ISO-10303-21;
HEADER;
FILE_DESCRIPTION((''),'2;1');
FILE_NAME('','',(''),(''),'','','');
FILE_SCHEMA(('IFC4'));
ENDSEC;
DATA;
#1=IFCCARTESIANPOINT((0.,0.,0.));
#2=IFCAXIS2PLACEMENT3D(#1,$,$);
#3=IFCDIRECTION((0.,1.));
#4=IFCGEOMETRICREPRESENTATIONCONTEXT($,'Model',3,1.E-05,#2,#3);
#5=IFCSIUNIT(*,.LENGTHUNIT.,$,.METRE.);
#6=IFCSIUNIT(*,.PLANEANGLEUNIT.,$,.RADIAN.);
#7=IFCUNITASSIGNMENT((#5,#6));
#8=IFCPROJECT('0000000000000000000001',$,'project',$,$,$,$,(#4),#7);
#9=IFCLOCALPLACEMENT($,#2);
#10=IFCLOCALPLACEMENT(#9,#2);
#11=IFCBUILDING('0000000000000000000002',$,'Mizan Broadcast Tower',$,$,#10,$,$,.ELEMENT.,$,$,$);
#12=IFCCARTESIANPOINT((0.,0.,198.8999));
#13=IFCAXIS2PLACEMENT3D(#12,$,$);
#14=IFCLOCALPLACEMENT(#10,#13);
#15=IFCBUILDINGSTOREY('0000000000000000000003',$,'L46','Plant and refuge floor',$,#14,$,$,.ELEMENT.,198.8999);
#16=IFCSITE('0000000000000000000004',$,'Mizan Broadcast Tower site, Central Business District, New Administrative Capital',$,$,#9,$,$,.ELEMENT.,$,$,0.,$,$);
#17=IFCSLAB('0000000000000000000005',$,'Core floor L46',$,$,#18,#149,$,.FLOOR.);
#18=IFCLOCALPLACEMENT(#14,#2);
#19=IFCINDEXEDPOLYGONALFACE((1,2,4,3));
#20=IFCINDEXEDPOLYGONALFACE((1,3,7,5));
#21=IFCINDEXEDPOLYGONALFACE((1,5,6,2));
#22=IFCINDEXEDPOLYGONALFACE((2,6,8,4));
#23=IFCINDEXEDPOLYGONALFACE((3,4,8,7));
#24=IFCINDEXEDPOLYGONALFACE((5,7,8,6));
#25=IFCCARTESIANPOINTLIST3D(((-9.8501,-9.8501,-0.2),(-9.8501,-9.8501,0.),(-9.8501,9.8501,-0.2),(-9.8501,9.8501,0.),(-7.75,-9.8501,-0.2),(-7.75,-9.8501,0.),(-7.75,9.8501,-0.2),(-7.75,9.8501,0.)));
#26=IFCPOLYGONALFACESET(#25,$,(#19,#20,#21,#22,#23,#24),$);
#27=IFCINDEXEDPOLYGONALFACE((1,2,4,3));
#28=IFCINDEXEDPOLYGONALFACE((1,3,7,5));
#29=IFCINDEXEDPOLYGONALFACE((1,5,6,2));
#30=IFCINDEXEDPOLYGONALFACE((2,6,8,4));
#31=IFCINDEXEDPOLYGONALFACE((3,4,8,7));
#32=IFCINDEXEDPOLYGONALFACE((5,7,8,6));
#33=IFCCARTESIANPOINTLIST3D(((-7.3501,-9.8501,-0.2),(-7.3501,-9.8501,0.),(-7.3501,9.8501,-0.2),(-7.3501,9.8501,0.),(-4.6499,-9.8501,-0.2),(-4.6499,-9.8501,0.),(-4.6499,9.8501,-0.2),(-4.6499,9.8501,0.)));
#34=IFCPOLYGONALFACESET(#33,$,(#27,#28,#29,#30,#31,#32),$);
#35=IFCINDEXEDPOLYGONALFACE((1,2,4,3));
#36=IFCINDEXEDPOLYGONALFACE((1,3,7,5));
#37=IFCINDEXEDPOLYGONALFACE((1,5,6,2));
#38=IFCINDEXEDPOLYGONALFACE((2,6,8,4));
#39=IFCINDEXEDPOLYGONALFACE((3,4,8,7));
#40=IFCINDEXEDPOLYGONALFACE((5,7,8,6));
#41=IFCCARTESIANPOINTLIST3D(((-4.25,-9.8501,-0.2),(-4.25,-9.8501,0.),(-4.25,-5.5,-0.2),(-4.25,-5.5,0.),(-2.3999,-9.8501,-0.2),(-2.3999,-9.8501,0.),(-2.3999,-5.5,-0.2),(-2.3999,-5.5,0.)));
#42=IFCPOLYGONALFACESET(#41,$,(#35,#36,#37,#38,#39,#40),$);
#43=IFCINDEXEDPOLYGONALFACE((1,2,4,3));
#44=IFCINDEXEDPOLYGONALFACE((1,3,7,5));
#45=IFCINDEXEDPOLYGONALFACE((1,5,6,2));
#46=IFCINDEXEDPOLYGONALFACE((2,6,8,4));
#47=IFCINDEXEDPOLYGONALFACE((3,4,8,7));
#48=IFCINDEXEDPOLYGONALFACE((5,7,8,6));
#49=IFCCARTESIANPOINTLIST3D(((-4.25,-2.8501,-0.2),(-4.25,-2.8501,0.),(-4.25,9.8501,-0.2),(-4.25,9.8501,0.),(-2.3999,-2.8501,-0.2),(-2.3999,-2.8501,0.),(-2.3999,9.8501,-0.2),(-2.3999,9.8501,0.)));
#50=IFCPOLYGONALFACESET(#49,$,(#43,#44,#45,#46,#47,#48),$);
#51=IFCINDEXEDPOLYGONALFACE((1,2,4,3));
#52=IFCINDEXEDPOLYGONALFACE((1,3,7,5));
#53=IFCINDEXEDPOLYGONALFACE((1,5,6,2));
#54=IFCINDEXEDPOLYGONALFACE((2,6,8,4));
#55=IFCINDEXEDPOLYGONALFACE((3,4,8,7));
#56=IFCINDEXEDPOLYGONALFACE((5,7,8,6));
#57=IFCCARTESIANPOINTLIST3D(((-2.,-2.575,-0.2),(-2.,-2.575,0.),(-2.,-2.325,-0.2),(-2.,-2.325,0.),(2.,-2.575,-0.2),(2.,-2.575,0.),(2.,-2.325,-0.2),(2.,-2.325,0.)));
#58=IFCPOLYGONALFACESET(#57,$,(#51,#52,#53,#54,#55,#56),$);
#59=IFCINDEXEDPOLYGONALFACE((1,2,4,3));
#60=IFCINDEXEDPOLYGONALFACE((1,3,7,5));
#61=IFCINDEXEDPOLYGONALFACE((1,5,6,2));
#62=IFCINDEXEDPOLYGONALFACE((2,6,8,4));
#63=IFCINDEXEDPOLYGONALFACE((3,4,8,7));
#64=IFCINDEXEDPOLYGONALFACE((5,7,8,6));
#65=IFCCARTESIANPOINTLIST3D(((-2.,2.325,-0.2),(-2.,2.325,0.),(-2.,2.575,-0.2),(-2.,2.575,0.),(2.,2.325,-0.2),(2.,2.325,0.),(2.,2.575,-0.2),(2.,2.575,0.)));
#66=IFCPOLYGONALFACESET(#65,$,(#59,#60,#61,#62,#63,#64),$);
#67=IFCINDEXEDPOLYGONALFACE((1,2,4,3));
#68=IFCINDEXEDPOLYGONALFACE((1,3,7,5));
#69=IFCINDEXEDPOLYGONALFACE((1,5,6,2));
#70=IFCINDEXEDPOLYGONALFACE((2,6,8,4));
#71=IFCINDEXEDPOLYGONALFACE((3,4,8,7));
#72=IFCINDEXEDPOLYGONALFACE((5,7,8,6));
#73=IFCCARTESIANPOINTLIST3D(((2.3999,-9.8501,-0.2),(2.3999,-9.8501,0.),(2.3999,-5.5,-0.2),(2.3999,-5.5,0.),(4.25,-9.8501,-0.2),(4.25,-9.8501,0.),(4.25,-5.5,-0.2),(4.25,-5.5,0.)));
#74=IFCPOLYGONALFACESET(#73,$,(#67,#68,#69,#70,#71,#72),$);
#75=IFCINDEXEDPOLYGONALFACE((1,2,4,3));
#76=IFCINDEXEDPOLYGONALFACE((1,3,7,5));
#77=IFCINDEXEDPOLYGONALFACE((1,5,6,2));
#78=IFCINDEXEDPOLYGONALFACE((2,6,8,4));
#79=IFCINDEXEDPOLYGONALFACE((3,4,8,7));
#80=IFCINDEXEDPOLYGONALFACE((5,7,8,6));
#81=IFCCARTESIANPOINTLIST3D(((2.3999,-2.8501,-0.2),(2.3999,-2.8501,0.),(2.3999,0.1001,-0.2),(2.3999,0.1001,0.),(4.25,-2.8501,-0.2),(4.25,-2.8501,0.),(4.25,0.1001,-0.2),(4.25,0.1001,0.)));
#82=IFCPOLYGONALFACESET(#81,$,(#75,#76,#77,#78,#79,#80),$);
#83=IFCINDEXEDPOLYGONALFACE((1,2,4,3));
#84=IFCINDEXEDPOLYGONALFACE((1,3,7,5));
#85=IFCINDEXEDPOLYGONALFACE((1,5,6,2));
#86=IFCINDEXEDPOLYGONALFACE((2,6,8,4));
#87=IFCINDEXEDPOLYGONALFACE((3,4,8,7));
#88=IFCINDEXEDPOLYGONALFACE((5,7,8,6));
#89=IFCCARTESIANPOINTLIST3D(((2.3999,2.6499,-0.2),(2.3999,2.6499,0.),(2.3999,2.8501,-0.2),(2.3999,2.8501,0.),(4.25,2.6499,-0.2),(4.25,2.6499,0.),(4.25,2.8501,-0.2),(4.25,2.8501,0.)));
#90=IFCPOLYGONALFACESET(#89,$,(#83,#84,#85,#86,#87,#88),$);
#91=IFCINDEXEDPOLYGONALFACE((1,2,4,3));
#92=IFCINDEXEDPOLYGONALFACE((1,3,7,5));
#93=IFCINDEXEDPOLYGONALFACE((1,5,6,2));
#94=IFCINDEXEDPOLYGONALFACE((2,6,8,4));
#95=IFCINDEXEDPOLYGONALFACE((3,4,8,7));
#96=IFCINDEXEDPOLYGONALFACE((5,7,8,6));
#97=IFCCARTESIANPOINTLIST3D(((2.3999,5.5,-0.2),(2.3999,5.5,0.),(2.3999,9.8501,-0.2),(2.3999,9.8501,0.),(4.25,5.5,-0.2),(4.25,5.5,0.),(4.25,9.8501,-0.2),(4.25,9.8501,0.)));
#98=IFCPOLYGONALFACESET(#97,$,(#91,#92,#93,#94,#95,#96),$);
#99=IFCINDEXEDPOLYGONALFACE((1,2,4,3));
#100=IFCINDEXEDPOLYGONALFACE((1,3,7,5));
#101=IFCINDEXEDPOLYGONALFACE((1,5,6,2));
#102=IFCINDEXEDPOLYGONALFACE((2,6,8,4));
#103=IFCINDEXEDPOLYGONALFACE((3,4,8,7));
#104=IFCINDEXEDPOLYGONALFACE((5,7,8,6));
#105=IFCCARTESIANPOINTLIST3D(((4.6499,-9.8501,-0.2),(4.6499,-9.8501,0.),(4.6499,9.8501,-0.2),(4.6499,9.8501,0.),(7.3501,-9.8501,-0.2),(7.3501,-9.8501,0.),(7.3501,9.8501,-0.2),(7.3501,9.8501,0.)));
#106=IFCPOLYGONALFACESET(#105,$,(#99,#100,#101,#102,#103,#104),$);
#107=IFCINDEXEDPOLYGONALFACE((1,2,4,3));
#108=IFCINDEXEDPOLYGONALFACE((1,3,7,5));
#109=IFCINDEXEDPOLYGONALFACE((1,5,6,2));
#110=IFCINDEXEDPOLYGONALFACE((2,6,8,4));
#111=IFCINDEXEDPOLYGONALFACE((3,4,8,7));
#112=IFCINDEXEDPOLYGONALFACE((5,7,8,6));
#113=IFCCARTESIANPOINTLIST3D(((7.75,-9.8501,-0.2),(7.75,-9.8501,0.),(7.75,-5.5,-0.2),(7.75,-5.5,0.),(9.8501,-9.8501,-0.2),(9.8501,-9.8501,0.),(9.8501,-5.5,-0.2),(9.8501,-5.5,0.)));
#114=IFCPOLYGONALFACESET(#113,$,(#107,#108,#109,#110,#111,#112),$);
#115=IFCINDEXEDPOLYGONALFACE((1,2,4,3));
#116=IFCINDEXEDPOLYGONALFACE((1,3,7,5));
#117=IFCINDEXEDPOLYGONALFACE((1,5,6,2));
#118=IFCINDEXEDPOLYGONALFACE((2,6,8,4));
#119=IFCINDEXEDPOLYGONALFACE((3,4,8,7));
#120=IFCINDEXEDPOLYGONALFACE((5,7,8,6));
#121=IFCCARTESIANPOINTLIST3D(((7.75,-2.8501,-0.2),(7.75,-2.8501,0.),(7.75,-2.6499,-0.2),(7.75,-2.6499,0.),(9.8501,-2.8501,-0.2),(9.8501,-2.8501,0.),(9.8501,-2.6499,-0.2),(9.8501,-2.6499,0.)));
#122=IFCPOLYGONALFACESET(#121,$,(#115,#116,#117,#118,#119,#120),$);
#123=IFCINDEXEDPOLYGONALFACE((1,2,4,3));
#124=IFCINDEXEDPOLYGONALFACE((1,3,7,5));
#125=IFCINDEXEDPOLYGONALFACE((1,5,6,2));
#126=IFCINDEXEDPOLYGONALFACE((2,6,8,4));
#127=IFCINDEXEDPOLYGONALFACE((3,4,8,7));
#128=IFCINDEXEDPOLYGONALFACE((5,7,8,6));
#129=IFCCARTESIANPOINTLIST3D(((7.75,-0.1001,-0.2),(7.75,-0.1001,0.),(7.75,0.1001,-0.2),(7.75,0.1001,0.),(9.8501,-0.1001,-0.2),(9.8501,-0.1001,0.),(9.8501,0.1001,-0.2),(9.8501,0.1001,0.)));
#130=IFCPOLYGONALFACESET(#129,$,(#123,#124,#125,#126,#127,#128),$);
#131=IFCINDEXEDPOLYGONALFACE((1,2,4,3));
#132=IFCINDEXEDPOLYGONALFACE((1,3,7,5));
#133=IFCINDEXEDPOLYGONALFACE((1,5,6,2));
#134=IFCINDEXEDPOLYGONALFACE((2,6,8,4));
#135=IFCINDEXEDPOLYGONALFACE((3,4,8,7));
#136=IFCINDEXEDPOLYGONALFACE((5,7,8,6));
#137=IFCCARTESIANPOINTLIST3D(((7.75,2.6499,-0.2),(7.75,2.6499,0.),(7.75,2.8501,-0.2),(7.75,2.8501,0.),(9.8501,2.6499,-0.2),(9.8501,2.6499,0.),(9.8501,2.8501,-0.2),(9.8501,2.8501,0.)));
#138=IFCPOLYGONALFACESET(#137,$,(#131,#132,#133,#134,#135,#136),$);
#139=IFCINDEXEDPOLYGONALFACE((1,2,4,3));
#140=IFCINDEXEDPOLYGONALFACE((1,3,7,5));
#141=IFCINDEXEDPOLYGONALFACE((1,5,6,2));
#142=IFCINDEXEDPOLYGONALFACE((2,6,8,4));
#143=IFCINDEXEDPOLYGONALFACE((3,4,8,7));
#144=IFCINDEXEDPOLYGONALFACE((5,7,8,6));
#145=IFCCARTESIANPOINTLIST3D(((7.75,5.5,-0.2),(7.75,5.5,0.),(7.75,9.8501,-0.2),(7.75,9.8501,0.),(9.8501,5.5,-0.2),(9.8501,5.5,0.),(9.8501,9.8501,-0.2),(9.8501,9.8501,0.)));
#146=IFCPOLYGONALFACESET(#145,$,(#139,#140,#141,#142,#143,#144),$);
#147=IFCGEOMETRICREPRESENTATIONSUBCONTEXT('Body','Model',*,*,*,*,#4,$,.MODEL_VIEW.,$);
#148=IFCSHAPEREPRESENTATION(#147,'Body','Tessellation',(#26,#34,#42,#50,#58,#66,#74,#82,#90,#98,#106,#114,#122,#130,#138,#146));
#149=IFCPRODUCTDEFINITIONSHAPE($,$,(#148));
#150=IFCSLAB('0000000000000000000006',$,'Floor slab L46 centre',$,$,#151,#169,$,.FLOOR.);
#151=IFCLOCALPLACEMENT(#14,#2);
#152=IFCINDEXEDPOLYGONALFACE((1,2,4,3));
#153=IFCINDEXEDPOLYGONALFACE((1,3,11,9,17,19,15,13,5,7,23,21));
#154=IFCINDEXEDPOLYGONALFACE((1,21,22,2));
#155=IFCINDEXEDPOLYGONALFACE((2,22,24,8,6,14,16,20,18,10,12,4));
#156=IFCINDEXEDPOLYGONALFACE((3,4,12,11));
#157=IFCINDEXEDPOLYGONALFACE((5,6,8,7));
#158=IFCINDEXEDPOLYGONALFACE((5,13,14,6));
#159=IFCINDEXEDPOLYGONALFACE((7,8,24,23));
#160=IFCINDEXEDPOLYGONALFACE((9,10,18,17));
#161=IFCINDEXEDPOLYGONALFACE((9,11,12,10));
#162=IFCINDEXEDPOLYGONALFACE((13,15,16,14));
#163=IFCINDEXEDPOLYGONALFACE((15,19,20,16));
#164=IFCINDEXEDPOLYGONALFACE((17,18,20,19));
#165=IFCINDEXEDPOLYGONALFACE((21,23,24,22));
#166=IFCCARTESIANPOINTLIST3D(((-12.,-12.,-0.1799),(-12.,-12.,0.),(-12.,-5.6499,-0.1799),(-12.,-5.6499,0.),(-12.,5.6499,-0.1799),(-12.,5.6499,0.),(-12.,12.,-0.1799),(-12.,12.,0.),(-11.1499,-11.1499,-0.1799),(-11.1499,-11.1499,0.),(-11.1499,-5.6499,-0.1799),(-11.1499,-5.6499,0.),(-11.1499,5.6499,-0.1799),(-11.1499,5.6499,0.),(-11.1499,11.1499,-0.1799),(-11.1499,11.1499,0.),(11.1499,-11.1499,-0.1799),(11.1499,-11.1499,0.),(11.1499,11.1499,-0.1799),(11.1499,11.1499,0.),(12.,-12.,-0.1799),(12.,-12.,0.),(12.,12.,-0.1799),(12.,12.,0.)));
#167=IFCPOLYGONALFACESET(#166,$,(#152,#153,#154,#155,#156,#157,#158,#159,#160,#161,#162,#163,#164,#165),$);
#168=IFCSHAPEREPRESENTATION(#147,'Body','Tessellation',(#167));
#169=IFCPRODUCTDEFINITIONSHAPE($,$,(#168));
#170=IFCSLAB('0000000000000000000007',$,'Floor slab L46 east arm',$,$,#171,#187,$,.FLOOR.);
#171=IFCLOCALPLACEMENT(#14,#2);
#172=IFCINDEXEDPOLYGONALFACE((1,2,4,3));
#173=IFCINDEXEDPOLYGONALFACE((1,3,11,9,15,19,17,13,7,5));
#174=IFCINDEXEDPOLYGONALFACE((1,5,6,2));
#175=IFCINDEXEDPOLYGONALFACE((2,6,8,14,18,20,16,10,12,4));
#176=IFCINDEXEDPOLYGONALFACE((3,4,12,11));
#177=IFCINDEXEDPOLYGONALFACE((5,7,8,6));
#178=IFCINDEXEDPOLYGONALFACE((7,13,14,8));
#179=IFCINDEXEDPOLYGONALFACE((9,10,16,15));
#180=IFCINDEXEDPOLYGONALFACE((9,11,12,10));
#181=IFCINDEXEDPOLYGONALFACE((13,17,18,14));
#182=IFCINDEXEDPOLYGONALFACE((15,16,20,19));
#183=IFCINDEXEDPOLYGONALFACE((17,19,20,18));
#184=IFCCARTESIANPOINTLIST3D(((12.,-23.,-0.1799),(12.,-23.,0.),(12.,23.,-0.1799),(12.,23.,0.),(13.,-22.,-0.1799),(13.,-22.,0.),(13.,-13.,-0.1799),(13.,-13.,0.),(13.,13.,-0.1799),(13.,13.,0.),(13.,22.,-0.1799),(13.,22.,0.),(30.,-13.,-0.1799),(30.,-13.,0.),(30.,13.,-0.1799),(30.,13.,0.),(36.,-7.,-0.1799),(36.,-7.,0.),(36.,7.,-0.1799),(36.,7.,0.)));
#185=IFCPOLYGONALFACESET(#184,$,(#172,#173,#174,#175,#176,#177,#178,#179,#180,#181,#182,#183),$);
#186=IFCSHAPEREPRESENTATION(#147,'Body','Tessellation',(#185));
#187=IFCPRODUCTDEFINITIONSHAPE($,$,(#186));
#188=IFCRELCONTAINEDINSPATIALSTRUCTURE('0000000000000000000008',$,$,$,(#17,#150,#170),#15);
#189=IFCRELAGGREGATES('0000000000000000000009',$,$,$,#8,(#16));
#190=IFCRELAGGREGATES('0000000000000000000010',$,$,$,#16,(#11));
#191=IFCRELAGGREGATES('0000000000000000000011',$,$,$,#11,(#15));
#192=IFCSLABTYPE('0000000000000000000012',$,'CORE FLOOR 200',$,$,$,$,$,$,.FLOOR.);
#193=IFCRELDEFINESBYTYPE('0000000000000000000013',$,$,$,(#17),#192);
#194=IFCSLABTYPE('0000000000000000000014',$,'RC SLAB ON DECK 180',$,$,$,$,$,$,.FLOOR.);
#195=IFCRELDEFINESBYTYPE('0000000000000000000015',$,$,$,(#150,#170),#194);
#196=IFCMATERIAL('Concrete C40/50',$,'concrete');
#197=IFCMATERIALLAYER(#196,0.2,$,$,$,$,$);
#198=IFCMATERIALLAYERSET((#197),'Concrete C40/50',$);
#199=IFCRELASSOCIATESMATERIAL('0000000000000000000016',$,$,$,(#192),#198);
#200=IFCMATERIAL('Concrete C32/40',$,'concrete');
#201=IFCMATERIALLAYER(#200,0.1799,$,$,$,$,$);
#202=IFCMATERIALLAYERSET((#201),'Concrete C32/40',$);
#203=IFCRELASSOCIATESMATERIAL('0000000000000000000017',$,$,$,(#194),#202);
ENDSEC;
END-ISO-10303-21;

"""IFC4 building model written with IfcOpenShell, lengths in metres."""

from ifc_helpers import new_model, si_unit, direction, frame, origin, place, context, subcontext, project, spatial, polyline, outline, extrude, material, layer, layer_set, type_object, element, save


model = new_model("IFC4")

# Units and contexts
model_context = context("Model", 3, precision=1e-05, world=origin(), true_north=direction((0.0, 1.0)))
body_context = subcontext(model_context, "Body", "Model", "MODEL_VIEW")
ifc_project = project(units=[si_unit("LENGTHUNIT", "METRE"), si_unit("PLANEANGLEUNIT", "RADIAN")], contexts=[model_context])

# Site, building, storey
site_placement = place(None, origin())
site = spatial("IfcSite", under=ifc_project, at=site_placement, Name="Mizan Broadcast Tower site, Central Business District, New Administrative Capital", CompositionType="ELEMENT", RefElevation=0.0)
building_placement = place(site_placement, origin())
building = spatial("IfcBuilding", under=site, at=building_placement, Name="Mizan Broadcast Tower", CompositionType="ELEMENT")
storey_placement = place(building_placement, frame((0.0, 0.0, 198.8999)))
storey = spatial("IfcBuildingStorey", under=building, at=storey_placement, Name="L46", Description="Plant and refuge floor", CompositionType="ELEMENT", Elevation=198.8999)

# Slabs
ifc_material_1 = material(Name="Concrete C40/50", Category="concrete")
ifc_layer_1 = layer(ifc_material_1, 0.2)
ifc_layer_set_1 = layer_set([ifc_layer_1], Name="Concrete C40/50")
slab_type_1 = type_object("IfcSlabType", Name="CORE FLOOR 200", PredefinedType="FLOOR", material=ifc_layer_set_1)
slab_1_placement = place(storey_placement, frame((0.0, 0.0, -0.2)))
element("IfcSlab", 1, at=slab_1_placement, inside=storey, type_object=slab_type_1, Name="Core floor L46", PredefinedType="FLOOR", context=body_context, shape_type="SweptSolid", body=[
    extrude(outline(polyline([(-9.8501, -9.8501), (-7.75, -9.8501), (-7.75, 9.8501), (-9.8501, 9.8501), (-9.8501, -9.8501)])), origin(), (0.0, 0.0, 1.0), 0.2),
    extrude(outline(polyline([(-4.6499, 9.8501), (-7.3501, 9.8501), (-7.3501, -9.8501), (-4.6499, -9.8501), (-4.6499, 9.8501)])), origin(), (0.0, 0.0, 1.0), 0.2),
    extrude(outline(polyline([(-4.25, -5.5), (-4.25, -9.8501), (-2.3999, -9.8501), (-2.3999, -5.5), (-4.25, -5.5)])), origin(), (0.0, 0.0, 1.0), 0.2),
    extrude(outline(polyline([(-4.25, -2.8501), (-2.3999, -2.8501), (-2.3999, 9.8501), (-4.25, 9.8501), (-4.25, -2.8501)])), origin(), (0.0, 0.0, 1.0), 0.2),
    extrude(outline(polyline([(2.0, -2.325), (-2.0, -2.325), (-2.0, -2.575), (2.0, -2.575), (2.0, -2.325)])), origin(), (0.0, 0.0, 1.0), 0.2),
    extrude(outline(polyline([(2.0, 2.575), (-2.0, 2.575), (-2.0, 2.325), (2.0, 2.325), (2.0, 2.575)])), origin(), (0.0, 0.0, 1.0), 0.2),
    extrude(outline(polyline([(4.25, -9.8501), (4.25, -5.5), (2.3999, -5.5), (2.3999, -9.8501), (4.25, -9.8501)])), origin(), (0.0, 0.0, 1.0), 0.2),
    extrude(outline(polyline([(4.25, -2.8501), (4.25, 0.1001), (2.3999, 0.1001), (2.3999, -2.8501), (4.25, -2.8501)])), origin(), (0.0, 0.0, 1.0), 0.2),
    extrude(outline(polyline([(4.25, 2.6499), (4.25, 2.8501), (2.3999, 2.8501), (2.3999, 2.6499), (4.25, 2.6499)])), origin(), (0.0, 0.0, 1.0), 0.2),
    extrude(outline(polyline([(4.25, 5.5), (4.25, 9.8501), (2.3999, 9.8501), (2.3999, 5.5), (4.25, 5.5)])), origin(), (0.0, 0.0, 1.0), 0.2),
    extrude(outline(polyline([(4.6499, 9.8501), (4.6499, -9.8501), (7.3501, -9.8501), (7.3501, 9.8501), (4.6499, 9.8501)])), origin(), (0.0, 0.0, 1.0), 0.2),
    extrude(outline(polyline([(9.8501, -9.8501), (9.8501, -5.5), (7.75, -5.5), (7.75, -9.8501), (9.8501, -9.8501)])), origin(), (0.0, 0.0, 1.0), 0.2),
    extrude(outline(polyline([(9.8501, -2.8501), (9.8501, -2.6499), (7.75, -2.6499), (7.75, -2.8501), (9.8501, -2.8501)])), origin(), (0.0, 0.0, 1.0), 0.2),
    extrude(outline(polyline([(9.8501, -0.1001), (9.8501, 0.1001), (7.75, 0.1001), (7.75, -0.1001), (9.8501, -0.1001)])), origin(), (0.0, 0.0, 1.0), 0.2),
    extrude(outline(polyline([(7.75, 2.6499), (9.8501, 2.6499), (9.8501, 2.8501), (7.75, 2.8501), (7.75, 2.6499)])), origin(), (0.0, 0.0, 1.0), 0.2),
    extrude(outline(polyline([(9.8501, 5.5), (9.8501, 9.8501), (7.75, 9.8501), (7.75, 5.5), (9.8501, 5.5)])), origin(), (0.0, 0.0, 1.0), 0.2),
])
ifc_material_2 = material(Name="Concrete C32/40", Category="concrete")
ifc_layer_2 = layer(ifc_material_2, 0.1799)
ifc_layer_set_2 = layer_set([ifc_layer_2], Name="Concrete C32/40")
slab_type_2 = type_object("IfcSlabType", Name="RC SLAB ON DECK 180", PredefinedType="FLOOR", material=ifc_layer_set_2)
slab_2_placement = place(storey_placement, frame((0.0, 0.0, -0.1799)))
element("IfcSlab", 2, at=slab_2_placement, inside=storey, type_object=slab_type_2, Name="Floor slab L46 centre", PredefinedType="FLOOR", context=body_context, shape_type="SweptSolid", body=[
    extrude(outline(polyline([(-11.1499, -5.6499), (-12.0, -5.6499), (-12.0, -12.0), (12.0, -12.0), (12.0, 12.0), (-12.0, 12.0), (-12.0, 5.6499), (-11.1499, 5.6499), (-11.1499, 11.1499), (11.1499, 11.1499), (11.1499, -11.1499), (-11.1499, -11.1499), (-11.1499, -5.6499)])), origin(), (0.0, 0.0, 1.0), 0.1799),
])
slab_3_placement = place(storey_placement, frame((0.0, 0.0, -0.1799)))
element("IfcSlab", 3, at=slab_3_placement, inside=storey, type_object=slab_type_2, Name="Floor slab L46 east arm", PredefinedType="FLOOR", context=body_context, shape_type="SweptSolid", body=[
    extrude(outline(polyline([(13.0, 22.0), (12.0, 23.0), (12.0, -23.0), (13.0, -22.0), (13.0, -13.0), (30.0, -13.0), (36.0, -7.0), (36.0, 7.0), (30.0, 13.0), (13.0, 13.0), (13.0, 22.0)])), origin(), (0.0, 0.0, 1.0), 0.1799),
])

save(model, "model.ifc")
